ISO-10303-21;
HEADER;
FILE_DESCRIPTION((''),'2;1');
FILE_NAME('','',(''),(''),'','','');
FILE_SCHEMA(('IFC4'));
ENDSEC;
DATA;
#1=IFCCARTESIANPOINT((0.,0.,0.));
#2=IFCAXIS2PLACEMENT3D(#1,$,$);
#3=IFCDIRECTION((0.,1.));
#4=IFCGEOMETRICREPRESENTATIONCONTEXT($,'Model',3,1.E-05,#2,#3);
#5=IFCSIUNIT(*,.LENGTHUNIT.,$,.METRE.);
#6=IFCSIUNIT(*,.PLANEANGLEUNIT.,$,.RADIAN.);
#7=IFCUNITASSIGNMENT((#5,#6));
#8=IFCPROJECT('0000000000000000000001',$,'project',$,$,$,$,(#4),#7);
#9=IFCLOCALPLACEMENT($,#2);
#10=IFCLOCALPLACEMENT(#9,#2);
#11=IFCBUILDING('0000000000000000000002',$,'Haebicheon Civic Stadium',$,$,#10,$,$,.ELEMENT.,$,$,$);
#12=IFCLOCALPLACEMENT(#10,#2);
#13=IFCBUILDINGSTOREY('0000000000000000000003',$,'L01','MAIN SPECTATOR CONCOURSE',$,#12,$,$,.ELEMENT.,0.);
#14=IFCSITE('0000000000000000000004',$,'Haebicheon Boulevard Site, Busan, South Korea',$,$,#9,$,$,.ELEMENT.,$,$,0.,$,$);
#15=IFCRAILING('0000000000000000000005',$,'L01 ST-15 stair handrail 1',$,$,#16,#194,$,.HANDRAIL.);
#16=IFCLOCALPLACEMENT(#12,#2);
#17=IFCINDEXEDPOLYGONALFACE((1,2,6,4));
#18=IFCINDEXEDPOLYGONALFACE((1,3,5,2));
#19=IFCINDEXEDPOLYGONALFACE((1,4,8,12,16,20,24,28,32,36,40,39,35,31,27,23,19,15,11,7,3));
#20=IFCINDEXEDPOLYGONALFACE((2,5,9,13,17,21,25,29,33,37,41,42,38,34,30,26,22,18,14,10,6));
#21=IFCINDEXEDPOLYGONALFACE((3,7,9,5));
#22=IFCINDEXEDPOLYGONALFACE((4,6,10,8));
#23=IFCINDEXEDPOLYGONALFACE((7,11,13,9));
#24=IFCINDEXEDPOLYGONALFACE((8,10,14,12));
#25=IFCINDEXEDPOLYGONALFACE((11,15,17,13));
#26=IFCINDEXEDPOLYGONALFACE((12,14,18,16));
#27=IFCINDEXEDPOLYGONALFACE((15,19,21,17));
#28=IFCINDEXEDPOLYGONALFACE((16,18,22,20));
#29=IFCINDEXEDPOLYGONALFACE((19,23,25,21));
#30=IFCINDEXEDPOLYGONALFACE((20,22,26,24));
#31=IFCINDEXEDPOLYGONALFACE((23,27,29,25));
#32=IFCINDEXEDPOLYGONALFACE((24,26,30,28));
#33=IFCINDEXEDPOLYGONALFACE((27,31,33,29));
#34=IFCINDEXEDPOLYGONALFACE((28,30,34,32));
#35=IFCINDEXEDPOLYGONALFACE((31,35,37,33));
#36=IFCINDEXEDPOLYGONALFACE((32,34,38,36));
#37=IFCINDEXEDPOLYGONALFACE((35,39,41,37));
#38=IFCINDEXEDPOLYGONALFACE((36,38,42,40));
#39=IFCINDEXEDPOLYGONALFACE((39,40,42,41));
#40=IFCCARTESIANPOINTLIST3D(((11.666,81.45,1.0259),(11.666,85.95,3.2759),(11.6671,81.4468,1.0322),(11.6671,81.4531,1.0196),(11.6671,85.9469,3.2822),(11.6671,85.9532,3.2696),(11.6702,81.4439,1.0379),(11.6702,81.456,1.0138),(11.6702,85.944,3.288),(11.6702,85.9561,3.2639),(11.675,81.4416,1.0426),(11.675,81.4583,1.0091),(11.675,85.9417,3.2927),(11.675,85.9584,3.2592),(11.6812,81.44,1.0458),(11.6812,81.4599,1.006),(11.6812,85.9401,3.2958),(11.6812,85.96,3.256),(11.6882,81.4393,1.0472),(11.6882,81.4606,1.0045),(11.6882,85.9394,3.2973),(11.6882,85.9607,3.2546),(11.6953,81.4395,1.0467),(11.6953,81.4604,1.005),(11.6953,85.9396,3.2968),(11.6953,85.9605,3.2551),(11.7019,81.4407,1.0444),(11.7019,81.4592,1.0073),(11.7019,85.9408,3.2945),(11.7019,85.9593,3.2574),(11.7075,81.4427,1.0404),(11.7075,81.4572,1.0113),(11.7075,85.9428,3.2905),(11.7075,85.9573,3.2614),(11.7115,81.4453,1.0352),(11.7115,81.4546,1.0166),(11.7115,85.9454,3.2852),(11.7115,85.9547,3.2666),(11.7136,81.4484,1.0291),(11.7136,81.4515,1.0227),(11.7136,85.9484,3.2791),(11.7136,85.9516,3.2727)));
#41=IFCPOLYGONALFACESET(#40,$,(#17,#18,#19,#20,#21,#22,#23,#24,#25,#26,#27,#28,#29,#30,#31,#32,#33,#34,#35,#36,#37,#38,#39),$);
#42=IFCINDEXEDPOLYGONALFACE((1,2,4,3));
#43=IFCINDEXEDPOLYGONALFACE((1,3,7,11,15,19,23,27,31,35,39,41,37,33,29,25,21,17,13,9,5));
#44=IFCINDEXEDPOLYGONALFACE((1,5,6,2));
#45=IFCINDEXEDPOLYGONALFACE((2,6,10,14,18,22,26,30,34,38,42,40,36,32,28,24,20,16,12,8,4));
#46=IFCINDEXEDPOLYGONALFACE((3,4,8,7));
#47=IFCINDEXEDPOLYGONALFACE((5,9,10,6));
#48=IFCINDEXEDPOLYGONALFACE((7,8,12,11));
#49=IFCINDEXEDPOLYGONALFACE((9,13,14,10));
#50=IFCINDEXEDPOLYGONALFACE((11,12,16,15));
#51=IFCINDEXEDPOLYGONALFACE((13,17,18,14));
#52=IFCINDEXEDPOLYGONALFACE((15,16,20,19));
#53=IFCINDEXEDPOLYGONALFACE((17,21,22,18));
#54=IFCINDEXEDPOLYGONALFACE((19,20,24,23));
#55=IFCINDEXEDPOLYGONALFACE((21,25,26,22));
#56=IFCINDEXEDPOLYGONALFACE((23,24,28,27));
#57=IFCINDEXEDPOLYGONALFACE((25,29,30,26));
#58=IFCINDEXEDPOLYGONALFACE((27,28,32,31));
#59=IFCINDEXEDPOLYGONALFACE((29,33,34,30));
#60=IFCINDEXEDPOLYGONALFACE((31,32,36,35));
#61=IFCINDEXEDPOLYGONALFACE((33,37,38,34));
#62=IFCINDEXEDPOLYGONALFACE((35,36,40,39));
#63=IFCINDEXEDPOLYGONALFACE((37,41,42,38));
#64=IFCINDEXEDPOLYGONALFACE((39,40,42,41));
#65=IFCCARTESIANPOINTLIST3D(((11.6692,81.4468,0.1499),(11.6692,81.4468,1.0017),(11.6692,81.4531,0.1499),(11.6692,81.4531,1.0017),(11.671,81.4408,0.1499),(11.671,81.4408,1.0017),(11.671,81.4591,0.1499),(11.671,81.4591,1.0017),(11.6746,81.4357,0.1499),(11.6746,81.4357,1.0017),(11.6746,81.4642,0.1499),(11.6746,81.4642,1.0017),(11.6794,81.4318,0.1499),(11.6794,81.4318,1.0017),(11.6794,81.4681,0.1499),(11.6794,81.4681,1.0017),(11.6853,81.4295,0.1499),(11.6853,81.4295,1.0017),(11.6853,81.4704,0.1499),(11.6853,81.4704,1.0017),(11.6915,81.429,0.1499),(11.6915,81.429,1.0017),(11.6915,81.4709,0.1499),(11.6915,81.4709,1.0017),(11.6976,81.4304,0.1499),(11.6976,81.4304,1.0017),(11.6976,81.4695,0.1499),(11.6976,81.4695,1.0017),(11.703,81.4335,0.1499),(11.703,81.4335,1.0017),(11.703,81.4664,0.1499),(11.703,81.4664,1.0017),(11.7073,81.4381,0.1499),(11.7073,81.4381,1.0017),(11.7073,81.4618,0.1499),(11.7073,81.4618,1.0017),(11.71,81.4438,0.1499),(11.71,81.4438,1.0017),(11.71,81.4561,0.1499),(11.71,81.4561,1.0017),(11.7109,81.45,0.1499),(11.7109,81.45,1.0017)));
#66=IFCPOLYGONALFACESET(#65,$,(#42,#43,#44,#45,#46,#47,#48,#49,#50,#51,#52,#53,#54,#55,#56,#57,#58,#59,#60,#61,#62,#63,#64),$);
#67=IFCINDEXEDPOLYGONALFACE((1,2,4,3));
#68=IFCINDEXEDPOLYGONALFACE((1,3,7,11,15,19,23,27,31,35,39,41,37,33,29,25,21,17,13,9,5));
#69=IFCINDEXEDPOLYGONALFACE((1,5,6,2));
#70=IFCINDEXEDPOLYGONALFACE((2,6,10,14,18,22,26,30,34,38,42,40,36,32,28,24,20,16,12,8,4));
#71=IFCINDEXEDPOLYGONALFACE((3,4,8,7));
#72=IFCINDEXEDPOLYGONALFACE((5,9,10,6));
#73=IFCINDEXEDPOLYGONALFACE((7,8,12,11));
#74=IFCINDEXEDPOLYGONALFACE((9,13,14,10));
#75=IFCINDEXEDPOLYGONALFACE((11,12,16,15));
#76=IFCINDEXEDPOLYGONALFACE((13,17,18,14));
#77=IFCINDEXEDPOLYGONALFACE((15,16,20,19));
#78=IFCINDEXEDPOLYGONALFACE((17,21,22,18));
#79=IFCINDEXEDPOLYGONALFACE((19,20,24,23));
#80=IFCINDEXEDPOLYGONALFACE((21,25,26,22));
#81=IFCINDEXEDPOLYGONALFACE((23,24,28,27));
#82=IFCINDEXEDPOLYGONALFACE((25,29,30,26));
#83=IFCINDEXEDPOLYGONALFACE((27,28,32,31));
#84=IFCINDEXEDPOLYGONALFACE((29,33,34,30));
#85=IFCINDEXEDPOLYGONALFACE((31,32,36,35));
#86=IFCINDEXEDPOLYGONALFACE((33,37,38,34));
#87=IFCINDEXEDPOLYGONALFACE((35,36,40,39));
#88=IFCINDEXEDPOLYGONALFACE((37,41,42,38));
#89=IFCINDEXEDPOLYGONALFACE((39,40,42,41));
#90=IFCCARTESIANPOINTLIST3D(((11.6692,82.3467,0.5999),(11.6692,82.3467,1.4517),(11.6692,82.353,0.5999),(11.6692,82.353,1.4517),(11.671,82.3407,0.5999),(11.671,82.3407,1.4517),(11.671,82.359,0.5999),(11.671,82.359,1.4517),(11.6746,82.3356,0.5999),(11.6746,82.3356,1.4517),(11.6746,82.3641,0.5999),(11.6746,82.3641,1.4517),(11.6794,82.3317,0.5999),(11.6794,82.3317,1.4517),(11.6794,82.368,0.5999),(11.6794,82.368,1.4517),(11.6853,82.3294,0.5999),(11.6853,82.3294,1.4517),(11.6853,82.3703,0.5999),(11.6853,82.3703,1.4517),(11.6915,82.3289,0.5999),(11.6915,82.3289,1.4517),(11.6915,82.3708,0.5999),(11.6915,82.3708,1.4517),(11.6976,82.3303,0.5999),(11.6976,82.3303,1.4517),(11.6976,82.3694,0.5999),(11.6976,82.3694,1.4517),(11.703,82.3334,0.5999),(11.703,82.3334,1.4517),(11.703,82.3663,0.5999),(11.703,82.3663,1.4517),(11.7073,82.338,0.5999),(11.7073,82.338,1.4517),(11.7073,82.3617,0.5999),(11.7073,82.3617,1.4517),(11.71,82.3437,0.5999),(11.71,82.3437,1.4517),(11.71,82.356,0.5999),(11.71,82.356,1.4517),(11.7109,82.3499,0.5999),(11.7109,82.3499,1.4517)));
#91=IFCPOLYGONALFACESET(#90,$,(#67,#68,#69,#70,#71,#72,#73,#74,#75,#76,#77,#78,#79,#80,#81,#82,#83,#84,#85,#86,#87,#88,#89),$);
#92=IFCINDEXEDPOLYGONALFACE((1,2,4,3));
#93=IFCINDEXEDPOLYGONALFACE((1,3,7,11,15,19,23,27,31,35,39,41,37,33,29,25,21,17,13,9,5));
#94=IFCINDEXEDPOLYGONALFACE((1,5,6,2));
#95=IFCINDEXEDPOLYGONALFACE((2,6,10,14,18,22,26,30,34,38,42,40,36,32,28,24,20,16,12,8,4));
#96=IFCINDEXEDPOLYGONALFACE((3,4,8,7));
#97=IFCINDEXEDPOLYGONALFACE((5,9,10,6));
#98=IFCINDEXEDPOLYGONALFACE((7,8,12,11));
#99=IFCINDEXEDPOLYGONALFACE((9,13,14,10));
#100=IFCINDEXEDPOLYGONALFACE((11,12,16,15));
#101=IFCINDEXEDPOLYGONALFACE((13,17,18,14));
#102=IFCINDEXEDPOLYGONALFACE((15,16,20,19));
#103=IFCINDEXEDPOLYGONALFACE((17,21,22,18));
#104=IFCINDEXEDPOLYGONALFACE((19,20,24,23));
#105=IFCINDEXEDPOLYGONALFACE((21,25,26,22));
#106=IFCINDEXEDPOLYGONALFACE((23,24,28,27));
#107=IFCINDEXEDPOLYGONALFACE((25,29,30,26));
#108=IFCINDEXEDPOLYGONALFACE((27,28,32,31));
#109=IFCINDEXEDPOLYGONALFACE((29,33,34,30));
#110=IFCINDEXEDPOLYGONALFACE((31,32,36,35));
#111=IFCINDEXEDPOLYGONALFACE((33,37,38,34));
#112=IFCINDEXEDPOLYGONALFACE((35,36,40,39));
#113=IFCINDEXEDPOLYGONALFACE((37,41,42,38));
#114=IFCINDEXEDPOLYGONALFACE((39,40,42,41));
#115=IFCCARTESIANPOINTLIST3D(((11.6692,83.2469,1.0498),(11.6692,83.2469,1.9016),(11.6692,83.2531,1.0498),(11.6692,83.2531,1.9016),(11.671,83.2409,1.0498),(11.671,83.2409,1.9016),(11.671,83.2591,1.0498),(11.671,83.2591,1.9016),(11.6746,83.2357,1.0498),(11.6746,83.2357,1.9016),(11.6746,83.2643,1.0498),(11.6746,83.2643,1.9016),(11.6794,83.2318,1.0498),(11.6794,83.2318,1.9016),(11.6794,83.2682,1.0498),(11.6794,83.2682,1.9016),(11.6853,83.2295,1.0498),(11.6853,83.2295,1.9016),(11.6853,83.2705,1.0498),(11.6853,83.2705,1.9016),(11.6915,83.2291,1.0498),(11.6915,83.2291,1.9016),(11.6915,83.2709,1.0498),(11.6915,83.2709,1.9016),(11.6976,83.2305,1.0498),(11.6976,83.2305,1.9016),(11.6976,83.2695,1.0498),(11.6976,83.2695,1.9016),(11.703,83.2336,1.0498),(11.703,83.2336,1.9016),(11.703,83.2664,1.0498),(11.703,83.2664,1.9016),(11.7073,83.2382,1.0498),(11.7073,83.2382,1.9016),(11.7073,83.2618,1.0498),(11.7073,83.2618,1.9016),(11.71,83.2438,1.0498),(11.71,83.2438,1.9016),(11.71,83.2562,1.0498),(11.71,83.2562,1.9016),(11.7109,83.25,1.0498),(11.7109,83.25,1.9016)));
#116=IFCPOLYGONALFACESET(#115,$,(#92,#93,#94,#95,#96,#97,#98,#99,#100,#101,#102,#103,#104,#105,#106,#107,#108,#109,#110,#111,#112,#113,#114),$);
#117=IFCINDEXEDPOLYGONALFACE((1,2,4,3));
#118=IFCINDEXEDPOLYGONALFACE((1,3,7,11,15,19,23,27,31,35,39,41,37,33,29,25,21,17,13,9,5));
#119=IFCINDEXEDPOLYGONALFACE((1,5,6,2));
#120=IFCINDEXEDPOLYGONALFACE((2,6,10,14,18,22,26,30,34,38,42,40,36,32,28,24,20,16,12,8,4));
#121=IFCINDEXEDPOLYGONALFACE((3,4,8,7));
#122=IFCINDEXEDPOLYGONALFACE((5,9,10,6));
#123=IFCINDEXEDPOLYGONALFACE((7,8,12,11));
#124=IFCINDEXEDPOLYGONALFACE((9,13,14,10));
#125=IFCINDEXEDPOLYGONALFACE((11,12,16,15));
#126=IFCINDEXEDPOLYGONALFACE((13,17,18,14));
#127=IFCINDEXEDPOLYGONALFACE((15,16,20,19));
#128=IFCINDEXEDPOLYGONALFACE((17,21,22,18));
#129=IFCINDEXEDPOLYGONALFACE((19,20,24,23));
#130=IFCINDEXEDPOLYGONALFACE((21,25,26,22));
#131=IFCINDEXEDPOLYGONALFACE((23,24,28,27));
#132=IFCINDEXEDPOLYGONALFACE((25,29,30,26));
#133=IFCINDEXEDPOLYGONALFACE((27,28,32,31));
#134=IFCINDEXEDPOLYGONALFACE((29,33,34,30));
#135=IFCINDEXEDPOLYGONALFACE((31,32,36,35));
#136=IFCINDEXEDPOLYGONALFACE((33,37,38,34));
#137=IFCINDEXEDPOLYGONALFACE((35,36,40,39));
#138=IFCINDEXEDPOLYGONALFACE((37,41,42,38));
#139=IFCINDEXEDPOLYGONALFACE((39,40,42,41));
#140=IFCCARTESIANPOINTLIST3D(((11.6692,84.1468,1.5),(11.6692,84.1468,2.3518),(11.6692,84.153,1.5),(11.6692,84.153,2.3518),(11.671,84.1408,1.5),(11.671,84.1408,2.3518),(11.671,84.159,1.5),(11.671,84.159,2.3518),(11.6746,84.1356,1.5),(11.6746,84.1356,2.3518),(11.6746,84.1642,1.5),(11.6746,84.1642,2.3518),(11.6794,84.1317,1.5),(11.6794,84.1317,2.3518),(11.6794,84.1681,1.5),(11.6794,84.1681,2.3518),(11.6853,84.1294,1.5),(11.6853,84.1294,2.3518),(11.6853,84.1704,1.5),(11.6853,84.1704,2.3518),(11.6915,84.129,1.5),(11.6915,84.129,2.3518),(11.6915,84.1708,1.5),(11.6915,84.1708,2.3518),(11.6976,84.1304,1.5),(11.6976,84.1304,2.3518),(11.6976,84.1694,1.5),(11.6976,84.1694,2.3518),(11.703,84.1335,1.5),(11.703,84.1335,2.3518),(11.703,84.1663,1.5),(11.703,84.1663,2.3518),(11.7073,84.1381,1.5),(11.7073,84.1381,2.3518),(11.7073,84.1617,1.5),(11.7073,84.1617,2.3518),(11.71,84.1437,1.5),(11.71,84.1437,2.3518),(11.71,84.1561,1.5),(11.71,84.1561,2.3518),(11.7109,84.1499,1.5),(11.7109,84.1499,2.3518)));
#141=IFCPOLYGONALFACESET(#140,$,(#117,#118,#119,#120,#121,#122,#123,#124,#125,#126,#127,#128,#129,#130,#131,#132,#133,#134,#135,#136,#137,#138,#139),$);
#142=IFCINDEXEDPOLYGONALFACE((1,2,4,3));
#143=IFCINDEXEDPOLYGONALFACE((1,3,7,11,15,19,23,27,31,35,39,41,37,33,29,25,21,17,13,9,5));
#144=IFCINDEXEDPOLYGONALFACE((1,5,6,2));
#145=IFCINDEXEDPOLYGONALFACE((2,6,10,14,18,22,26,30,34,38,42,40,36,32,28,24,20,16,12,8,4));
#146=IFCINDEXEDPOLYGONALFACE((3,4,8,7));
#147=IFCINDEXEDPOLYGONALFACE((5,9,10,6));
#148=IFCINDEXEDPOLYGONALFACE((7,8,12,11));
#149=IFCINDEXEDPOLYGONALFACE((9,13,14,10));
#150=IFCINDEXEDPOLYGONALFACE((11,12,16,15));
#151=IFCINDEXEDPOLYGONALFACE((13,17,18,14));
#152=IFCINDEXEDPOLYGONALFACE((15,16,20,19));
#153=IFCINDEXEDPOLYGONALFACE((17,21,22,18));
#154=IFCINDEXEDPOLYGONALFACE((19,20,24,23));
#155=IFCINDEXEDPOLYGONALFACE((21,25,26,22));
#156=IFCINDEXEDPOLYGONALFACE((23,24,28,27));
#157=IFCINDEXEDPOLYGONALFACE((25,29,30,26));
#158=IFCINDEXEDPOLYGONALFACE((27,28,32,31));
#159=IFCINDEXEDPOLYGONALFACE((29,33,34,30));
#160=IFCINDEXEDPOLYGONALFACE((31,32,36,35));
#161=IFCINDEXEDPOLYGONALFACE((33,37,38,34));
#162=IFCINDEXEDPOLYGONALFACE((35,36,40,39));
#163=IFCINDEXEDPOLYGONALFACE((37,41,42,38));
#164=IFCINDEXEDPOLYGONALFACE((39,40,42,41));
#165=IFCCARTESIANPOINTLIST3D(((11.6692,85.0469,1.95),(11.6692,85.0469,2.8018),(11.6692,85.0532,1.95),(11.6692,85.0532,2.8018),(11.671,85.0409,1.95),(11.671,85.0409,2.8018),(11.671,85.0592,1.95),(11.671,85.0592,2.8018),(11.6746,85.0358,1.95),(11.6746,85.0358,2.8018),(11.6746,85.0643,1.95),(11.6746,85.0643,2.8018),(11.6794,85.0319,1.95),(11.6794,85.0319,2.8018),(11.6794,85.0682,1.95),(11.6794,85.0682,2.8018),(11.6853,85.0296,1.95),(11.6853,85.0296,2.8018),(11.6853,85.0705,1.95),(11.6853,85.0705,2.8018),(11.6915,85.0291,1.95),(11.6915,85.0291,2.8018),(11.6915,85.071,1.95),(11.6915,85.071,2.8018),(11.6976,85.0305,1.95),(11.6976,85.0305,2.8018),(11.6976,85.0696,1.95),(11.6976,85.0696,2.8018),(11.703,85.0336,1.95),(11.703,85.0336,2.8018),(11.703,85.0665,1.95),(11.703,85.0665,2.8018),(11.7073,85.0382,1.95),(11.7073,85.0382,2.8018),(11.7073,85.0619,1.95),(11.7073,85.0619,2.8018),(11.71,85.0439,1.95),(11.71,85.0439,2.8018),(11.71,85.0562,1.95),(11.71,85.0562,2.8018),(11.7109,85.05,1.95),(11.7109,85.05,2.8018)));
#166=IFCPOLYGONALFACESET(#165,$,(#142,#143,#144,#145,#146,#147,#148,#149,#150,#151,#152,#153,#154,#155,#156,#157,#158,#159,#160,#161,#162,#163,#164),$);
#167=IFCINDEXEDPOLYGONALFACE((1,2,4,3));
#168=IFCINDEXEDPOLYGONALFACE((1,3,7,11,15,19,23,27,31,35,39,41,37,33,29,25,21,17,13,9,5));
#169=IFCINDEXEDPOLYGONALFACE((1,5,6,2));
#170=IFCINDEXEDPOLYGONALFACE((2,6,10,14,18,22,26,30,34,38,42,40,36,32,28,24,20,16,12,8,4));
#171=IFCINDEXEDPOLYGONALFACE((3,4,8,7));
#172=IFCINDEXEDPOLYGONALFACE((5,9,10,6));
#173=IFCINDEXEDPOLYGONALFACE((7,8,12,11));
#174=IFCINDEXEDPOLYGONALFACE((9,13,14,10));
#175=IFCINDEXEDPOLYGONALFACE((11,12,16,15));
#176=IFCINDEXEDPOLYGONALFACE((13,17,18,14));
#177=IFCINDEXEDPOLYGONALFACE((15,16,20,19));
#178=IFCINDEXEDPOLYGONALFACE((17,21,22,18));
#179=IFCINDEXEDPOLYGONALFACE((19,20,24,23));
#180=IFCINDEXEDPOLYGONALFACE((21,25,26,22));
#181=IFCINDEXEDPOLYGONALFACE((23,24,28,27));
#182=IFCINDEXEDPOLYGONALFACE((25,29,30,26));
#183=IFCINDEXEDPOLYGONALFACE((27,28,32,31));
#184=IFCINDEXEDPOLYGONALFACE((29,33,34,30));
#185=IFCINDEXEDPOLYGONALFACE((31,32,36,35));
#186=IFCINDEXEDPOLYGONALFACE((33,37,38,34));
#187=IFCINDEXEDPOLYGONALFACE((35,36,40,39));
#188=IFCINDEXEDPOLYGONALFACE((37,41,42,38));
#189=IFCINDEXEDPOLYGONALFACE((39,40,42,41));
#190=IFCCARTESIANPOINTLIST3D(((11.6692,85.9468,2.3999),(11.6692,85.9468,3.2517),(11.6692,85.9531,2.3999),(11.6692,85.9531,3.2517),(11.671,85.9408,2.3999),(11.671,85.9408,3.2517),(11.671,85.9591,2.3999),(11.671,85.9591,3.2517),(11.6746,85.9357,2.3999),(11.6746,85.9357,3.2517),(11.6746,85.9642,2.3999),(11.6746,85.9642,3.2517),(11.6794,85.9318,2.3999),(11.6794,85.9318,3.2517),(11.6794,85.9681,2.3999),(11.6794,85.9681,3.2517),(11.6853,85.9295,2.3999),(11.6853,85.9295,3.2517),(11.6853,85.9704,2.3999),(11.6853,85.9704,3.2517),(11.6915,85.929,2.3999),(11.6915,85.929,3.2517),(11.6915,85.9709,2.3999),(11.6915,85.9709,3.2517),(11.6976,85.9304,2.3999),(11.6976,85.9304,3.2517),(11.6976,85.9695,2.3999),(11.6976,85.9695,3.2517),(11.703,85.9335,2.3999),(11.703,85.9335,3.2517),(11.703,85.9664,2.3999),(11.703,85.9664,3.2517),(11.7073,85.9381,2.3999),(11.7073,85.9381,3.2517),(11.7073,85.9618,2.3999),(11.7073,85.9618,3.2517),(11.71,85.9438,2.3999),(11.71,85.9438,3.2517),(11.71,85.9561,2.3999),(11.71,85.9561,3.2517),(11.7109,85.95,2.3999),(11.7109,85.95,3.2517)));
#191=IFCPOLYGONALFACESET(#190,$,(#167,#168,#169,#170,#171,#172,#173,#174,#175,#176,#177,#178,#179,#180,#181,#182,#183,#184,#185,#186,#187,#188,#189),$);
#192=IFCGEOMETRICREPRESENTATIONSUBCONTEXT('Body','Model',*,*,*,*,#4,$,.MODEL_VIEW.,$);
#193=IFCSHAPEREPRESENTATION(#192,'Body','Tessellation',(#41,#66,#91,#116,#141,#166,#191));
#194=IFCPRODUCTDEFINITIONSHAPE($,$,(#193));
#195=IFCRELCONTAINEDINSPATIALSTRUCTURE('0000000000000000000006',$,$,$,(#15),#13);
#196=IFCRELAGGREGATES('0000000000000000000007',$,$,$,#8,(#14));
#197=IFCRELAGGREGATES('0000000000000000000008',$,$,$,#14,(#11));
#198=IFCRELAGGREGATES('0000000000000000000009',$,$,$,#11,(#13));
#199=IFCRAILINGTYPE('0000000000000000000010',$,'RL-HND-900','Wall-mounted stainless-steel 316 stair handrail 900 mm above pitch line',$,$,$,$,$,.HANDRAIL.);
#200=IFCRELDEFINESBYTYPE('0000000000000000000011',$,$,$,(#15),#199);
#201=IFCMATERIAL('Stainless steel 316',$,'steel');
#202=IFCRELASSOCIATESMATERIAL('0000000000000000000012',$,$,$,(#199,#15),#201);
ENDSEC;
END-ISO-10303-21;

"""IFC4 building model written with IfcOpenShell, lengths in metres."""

from ifc_helpers import new_model, si_unit, direction, frame, origin, origin_2d, place, context, subcontext, project, spatial, circle, extrude, material, type_object, element, save


model = new_model("IFC4")

# Units and contexts
model_context = context("Model", 3, precision=1e-05, world=origin(), true_north=direction((0.0, 1.0)))
body_context = subcontext(model_context, "Body", "Model", "MODEL_VIEW")
ifc_project = project(units=[si_unit("LENGTHUNIT", "METRE"), si_unit("PLANEANGLEUNIT", "RADIAN")], contexts=[model_context])

# Site, building, storey
site_placement = place(None, origin())
site = spatial("IfcSite", under=ifc_project, at=site_placement, Name="Haebicheon Boulevard Site, Busan, South Korea", CompositionType="ELEMENT", RefElevation=0.0)
building_placement = place(site_placement, origin())
building = spatial("IfcBuilding", under=site, at=building_placement, Name="Haebicheon Civic Stadium", CompositionType="ELEMENT")
storey_placement = place(building_placement, origin())
storey = spatial("IfcBuildingStorey", under=building, at=storey_placement, Name="L01", Description="MAIN SPECTATOR CONCOURSE", CompositionType="ELEMENT", Elevation=0.0)

# Railing
ifc_material_1 = material(Name="Stainless steel 316", Category="steel")
railing_type_1 = type_object("IfcRailingType", Name="RL-HND-900", Description="Wall-mounted stainless-steel 316 stair handrail 900 mm above pitch line", PredefinedType="HANDRAIL", material=ifc_material_1)
railing_1_placement = place(storey_placement, frame((11.6899, 81.45, 0.1499)))
element("IfcRailing", 1, at=railing_1_placement, inside=storey, type_object=railing_type_1, material=ifc_material_1, Name="L01 ST-15 stair handrail 1", PredefinedType="HANDRAIL", context=body_context, shape_type="SweptSolid", body=[
    extrude(circle(Radius=0.0239, at=origin_2d()), frame((0.0, 0.0, 0.876), z_axis=(0.0, 0.894427, 0.447214), x_axis=(-1.0, 0.0, 0.0)), (0.0, 0.0, 1.0), 5.0312),
    extrude(circle(Radius=0.021, at=origin_2d()), origin(), (0.0, 0.0, 1.0), 0.8518),
    extrude(circle(Radius=0.021, at=origin_2d()), frame((0.0, 0.8999, 0.45)), (0.0, 0.0, 1.0), 0.8518),
    extrude(circle(Radius=0.021, at=origin_2d()), frame((0.0, 1.8, 0.8999)), (0.0, 0.0, 1.0), 0.8518),
    extrude(circle(Radius=0.021, at=origin_2d()), frame((0.0, 2.7, 1.3501)), (0.0, 0.0, 1.0), 0.8518),
    extrude(circle(Radius=0.021, at=origin_2d()), frame((0.0, 3.6001, 1.8)), (0.0, 0.0, 1.0), 0.8518),
    extrude(circle(Radius=0.021, at=origin_2d()), frame((0.0, 4.5, 2.25)), (0.0, 0.0, 1.0), 0.8518),
])

save(model, "model.ifc")
